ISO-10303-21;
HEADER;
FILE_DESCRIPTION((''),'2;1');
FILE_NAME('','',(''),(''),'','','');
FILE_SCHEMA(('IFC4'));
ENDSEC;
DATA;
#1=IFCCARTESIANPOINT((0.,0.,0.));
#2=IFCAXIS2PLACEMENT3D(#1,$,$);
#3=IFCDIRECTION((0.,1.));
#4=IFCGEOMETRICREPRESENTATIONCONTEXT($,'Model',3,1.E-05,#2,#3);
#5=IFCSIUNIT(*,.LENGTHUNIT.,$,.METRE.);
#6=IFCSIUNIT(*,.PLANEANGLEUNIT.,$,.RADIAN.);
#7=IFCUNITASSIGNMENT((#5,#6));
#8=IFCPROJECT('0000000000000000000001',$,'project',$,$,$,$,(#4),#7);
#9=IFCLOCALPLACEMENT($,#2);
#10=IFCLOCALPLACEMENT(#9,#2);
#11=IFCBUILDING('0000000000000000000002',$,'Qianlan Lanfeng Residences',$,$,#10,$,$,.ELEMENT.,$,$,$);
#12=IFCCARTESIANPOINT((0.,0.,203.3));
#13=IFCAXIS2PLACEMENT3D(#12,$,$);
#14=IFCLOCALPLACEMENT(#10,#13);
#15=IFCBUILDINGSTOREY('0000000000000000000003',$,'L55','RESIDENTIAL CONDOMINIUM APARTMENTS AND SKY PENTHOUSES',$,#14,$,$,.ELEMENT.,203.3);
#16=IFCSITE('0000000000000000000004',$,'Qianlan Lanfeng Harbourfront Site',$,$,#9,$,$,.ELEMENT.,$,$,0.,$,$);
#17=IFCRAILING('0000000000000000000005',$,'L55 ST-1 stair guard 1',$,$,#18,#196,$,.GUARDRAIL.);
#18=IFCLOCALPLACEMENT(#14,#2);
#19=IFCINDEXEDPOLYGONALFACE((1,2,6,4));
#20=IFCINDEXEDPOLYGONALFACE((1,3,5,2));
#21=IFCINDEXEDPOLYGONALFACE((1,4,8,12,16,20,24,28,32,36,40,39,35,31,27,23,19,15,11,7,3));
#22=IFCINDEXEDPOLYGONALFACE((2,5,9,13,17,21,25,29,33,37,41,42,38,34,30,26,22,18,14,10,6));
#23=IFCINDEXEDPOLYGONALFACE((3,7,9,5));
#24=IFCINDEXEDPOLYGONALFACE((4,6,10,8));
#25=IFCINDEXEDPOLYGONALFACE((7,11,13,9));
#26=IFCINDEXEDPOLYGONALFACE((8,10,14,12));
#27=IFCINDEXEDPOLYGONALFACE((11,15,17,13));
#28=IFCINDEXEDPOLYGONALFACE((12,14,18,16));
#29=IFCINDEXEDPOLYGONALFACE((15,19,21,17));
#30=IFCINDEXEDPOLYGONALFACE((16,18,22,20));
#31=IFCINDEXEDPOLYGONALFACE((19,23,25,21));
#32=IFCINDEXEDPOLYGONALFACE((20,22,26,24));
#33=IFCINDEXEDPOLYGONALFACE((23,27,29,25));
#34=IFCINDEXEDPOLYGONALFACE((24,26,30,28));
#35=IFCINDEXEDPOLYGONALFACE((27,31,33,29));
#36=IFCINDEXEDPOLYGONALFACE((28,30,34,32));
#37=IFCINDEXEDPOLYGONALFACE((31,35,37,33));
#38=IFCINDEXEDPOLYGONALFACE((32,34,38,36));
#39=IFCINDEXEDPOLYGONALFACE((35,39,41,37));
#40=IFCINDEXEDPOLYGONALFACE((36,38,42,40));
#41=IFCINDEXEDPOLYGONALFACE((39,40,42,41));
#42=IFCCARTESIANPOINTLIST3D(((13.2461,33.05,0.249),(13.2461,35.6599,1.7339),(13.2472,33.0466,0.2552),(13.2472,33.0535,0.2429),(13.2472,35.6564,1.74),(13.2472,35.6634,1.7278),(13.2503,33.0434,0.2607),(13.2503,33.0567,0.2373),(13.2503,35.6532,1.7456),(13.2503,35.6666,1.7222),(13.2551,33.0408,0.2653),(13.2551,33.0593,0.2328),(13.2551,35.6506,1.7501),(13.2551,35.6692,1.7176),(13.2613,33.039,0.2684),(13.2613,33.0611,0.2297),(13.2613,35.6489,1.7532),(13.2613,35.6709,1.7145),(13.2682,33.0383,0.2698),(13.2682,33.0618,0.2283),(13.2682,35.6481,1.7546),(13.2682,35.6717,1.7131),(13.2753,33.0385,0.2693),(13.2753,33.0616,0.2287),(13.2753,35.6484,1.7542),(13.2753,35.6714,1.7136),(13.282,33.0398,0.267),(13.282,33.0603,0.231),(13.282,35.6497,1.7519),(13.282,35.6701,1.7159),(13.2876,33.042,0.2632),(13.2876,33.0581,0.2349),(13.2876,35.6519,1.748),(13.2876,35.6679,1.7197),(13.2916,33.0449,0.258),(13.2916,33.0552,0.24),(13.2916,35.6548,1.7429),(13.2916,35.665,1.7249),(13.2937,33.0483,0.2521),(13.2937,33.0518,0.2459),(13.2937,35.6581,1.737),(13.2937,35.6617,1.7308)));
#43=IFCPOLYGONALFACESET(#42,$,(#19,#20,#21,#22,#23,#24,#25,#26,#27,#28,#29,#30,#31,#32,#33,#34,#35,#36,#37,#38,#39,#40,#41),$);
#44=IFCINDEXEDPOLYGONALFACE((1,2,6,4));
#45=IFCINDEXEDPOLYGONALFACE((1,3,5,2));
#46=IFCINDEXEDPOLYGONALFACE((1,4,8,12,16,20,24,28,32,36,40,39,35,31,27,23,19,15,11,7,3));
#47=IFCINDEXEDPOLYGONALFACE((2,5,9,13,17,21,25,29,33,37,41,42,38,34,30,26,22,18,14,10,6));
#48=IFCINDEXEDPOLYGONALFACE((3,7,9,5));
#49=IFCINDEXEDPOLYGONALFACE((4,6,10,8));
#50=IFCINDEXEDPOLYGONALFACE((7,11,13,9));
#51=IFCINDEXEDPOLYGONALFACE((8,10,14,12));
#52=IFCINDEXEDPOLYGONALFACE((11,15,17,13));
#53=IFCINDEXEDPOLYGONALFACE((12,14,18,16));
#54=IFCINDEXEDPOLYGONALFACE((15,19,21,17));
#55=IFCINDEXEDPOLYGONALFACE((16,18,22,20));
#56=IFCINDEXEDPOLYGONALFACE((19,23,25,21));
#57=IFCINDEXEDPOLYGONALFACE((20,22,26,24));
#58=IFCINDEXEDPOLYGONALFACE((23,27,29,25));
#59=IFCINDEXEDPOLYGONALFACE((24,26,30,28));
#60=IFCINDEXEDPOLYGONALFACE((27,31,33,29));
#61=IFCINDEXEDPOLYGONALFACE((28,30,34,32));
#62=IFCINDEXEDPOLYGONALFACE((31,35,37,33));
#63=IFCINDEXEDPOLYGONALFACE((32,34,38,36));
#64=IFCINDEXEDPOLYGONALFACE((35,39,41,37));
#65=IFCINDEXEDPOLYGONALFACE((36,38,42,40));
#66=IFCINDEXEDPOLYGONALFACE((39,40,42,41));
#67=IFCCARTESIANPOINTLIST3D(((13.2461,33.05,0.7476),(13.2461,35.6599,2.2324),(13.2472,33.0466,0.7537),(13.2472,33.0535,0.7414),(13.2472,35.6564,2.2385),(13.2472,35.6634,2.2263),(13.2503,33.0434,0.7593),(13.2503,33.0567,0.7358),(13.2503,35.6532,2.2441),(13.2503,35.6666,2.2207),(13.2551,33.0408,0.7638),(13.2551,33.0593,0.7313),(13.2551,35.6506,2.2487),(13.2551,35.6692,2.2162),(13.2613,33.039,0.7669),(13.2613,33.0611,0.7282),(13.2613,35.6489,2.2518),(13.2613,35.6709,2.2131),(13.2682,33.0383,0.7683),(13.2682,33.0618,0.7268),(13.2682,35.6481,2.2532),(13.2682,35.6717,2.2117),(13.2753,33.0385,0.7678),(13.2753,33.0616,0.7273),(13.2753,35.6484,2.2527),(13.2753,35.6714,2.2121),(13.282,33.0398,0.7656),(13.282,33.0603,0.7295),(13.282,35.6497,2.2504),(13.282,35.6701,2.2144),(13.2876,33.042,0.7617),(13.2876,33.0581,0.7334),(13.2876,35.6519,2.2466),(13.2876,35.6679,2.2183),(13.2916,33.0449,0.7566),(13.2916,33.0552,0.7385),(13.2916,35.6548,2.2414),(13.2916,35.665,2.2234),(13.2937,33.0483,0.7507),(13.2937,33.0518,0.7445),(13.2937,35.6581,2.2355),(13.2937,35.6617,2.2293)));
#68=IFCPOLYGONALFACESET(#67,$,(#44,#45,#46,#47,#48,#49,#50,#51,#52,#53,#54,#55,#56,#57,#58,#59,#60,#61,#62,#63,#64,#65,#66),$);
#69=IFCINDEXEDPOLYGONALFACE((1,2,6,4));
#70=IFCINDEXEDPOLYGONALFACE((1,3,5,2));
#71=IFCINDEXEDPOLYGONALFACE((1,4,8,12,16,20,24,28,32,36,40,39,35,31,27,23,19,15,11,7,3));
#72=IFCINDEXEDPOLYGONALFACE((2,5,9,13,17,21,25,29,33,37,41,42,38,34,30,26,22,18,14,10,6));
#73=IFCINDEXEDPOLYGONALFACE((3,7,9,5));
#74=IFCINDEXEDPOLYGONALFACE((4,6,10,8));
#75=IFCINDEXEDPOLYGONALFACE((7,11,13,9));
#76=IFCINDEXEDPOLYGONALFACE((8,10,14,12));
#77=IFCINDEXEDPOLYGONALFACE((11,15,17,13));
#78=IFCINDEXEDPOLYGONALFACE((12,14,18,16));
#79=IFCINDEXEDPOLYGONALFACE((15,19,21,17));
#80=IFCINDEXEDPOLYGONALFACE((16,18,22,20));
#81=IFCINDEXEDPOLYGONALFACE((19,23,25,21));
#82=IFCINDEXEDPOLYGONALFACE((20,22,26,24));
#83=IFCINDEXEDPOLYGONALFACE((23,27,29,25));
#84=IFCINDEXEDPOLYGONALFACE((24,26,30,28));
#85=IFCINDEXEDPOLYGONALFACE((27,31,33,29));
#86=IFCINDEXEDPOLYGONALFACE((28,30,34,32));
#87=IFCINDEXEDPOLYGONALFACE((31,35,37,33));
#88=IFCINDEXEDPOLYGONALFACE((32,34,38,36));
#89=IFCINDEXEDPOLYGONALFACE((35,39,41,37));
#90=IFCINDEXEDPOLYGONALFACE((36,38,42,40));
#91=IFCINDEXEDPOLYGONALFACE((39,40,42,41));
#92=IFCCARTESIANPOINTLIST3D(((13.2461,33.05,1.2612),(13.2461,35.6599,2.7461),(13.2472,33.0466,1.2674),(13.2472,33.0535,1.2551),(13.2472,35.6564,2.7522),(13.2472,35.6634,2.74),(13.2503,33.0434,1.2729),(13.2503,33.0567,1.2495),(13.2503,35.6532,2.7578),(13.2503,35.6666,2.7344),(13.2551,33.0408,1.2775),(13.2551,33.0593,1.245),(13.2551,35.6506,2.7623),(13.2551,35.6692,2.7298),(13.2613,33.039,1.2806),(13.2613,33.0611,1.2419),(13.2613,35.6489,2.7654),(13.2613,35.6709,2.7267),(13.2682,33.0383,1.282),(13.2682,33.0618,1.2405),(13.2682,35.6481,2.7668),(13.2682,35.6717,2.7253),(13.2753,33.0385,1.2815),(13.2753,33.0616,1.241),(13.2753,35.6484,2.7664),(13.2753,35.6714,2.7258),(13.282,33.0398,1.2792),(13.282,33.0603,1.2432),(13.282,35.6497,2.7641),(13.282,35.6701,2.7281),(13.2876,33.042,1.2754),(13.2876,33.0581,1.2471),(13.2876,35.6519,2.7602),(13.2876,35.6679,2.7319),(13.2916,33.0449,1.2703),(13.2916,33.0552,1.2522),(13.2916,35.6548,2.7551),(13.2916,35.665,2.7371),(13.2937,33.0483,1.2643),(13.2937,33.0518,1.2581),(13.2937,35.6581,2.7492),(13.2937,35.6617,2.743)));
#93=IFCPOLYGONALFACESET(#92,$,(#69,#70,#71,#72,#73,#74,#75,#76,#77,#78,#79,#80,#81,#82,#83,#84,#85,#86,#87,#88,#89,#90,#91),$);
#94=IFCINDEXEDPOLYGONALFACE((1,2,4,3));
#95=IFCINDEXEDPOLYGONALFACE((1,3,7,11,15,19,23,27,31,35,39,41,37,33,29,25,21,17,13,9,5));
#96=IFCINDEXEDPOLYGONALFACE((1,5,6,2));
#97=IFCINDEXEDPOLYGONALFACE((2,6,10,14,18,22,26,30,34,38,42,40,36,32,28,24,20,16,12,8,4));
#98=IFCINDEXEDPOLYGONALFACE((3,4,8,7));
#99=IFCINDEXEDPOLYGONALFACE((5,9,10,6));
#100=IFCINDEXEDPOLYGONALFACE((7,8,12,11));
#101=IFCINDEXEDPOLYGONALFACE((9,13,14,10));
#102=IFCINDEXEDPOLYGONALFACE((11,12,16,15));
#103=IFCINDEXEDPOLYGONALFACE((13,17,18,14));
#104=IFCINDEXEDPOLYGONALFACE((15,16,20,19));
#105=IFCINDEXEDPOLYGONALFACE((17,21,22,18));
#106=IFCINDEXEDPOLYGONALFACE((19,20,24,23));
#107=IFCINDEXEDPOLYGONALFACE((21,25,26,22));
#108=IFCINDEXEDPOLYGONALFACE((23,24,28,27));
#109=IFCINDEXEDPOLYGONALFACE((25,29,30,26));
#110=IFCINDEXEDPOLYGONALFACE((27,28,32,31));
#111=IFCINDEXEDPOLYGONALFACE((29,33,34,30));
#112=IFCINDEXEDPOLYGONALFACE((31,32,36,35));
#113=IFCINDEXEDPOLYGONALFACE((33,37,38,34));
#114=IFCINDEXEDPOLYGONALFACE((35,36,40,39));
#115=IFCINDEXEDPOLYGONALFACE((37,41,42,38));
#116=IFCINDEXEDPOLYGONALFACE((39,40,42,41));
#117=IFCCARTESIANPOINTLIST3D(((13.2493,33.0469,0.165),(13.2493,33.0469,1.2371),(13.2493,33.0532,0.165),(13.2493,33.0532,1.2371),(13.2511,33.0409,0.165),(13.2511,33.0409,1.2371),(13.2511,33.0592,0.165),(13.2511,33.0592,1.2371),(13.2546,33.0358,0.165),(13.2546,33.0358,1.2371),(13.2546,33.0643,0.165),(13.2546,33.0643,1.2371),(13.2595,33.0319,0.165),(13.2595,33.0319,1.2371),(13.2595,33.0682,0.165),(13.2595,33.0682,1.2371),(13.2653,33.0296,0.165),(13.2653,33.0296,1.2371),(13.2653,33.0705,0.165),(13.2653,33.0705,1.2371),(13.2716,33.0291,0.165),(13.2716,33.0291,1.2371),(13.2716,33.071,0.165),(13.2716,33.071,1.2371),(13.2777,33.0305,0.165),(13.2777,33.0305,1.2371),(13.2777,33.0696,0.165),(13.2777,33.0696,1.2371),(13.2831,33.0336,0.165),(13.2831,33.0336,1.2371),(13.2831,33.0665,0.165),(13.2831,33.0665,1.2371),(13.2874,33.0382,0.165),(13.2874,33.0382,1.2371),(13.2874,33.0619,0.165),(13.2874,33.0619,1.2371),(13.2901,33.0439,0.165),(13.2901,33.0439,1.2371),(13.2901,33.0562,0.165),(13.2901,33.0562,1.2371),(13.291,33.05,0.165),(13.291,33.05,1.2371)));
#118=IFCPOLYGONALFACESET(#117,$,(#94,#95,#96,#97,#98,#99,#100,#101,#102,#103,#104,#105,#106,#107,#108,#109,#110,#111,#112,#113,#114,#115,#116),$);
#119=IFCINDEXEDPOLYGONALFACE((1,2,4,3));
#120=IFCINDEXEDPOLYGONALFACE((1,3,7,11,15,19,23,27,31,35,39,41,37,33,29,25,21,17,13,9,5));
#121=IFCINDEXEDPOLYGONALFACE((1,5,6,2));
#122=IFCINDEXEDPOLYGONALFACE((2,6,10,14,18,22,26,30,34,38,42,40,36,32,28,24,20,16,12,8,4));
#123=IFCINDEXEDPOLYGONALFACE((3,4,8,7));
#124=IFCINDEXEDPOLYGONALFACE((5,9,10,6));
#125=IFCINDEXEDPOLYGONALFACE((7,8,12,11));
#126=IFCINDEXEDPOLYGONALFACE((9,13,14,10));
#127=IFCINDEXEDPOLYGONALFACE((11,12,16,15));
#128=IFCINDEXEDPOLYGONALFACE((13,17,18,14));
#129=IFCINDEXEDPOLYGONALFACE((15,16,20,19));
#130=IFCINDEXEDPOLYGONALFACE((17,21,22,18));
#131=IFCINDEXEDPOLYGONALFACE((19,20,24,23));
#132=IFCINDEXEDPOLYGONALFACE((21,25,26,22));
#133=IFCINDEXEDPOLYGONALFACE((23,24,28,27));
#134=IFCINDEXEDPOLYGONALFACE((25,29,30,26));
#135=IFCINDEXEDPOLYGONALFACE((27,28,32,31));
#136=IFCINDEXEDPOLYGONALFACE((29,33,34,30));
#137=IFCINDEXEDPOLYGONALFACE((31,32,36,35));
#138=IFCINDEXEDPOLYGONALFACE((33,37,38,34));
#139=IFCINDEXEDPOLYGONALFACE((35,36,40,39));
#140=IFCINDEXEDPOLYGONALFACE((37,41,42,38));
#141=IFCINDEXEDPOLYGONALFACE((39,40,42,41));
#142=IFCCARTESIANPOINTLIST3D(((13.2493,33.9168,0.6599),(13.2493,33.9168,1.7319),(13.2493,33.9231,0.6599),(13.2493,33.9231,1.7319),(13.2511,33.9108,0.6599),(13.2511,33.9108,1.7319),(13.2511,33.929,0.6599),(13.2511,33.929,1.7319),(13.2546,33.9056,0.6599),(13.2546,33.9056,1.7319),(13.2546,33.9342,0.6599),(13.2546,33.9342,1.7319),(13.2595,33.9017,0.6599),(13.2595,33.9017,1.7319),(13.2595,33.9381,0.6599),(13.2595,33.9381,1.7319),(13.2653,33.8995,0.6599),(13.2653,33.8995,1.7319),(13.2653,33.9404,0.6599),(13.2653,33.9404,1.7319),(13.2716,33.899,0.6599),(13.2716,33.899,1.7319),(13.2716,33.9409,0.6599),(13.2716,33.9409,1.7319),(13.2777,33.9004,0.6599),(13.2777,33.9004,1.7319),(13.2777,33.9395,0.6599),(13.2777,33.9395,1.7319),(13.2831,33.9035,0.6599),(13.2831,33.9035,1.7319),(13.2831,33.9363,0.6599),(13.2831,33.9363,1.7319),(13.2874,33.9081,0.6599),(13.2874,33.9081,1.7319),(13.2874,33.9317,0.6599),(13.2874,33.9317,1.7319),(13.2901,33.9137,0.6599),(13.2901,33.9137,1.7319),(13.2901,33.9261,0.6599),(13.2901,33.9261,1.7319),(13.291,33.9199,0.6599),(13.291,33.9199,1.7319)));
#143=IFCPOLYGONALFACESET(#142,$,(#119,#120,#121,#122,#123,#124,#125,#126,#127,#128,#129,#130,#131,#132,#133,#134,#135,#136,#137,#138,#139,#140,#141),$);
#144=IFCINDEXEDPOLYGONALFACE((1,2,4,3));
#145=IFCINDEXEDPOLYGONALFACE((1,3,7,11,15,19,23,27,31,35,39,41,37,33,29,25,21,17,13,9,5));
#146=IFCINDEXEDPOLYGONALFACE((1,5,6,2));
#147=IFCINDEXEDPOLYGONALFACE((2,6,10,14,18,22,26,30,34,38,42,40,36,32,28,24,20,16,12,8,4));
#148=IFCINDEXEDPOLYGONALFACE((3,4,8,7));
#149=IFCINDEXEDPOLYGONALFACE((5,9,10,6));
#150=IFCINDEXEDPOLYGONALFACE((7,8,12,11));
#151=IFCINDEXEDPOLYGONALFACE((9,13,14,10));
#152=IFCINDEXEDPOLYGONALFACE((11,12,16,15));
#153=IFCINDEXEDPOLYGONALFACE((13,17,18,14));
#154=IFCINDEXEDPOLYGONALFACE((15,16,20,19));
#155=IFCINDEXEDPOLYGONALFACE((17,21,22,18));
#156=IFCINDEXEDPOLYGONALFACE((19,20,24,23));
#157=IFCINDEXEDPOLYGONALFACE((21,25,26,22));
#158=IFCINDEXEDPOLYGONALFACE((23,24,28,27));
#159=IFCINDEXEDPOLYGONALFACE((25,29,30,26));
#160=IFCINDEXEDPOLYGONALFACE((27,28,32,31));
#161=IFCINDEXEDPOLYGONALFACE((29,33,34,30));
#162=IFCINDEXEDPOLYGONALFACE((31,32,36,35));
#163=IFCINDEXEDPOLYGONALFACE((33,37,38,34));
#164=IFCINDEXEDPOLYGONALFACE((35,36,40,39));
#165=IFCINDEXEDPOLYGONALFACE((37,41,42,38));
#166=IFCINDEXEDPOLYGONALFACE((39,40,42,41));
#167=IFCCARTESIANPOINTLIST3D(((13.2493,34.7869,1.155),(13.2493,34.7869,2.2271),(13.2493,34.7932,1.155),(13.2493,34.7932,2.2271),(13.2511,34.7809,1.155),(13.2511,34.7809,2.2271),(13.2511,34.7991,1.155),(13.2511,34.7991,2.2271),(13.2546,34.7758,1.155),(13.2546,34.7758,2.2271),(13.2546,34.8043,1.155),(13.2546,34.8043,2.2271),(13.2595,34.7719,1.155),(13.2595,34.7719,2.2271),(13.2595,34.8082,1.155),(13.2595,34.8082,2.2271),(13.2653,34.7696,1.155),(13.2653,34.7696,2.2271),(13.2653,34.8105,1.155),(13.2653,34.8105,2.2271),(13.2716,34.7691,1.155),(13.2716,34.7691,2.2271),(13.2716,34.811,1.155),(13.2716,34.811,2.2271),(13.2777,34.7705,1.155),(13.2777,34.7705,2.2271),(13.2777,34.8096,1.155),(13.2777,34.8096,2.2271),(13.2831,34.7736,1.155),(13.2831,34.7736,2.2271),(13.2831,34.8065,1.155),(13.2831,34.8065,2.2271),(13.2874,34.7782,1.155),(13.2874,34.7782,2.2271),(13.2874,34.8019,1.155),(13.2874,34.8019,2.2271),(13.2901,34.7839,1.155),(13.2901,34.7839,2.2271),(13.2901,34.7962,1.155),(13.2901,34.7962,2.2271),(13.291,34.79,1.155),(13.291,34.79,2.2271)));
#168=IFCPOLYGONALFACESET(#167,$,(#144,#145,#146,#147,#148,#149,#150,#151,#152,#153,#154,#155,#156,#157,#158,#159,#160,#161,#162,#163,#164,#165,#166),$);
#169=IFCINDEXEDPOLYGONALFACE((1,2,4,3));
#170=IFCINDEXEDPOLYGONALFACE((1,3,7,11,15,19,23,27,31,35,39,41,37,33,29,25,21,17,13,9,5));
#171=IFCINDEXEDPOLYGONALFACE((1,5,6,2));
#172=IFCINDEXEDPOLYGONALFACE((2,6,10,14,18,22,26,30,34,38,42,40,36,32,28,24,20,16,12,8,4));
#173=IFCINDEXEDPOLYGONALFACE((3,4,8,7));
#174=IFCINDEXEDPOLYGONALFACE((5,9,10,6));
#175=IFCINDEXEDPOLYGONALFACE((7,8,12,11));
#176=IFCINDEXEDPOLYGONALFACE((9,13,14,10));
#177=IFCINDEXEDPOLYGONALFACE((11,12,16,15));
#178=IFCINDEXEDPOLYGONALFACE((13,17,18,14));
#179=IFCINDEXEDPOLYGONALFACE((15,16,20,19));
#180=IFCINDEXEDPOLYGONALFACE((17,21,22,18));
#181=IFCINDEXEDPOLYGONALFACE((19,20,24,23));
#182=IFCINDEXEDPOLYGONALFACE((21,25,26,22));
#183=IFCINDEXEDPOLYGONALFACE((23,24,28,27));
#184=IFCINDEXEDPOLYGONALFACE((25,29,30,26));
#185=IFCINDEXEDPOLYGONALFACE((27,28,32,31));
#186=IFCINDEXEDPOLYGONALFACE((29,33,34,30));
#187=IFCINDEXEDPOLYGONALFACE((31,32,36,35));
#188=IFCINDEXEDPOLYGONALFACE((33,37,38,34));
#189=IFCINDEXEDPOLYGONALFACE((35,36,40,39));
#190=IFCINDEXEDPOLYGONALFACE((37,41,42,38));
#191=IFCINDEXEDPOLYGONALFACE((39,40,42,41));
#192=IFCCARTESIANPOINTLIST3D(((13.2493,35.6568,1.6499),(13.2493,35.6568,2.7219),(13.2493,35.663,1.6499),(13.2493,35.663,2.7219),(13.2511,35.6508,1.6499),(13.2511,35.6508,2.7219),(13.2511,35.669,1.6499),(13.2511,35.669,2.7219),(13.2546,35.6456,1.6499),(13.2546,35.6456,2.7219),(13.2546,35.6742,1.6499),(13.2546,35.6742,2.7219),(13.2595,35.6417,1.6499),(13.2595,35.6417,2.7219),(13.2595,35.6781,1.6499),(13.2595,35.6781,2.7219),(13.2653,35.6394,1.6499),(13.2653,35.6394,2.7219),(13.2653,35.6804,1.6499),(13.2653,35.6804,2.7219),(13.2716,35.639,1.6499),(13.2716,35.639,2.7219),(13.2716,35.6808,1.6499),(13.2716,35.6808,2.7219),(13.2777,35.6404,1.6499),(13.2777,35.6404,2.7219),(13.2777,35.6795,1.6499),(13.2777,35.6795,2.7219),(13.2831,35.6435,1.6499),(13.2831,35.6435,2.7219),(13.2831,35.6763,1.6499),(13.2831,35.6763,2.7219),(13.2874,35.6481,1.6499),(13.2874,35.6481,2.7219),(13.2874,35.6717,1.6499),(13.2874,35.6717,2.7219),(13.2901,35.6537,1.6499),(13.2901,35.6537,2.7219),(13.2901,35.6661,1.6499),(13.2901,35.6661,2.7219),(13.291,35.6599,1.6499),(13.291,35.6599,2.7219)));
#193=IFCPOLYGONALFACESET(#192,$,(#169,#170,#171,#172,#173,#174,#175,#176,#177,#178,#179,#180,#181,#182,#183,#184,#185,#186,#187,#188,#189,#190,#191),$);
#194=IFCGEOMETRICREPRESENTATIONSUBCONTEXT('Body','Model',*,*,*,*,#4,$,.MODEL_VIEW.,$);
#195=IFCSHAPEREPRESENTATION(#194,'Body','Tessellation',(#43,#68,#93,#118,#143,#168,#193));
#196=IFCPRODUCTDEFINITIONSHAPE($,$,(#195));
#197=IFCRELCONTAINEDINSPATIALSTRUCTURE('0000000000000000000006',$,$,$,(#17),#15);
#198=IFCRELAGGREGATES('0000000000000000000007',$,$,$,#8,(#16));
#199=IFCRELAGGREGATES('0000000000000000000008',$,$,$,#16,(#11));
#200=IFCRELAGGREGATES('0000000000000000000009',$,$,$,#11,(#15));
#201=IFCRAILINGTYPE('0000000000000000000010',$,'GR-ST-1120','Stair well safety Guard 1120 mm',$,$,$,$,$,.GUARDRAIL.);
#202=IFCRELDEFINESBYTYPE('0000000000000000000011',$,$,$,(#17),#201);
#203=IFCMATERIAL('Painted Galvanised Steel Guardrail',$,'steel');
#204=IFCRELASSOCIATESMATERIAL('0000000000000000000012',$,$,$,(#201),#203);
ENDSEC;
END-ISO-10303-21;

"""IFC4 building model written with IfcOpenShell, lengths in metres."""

from ifc_helpers import new_model, si_unit, direction, frame, origin, origin_2d, place, context, subcontext, project, spatial, circle, extrude, material, type_object, element, save


model = new_model("IFC4")

# Units and contexts
model_context = context("Model", 3, precision=1e-05, world=origin(), true_north=direction((0.0, 1.0)))
body_context = subcontext(model_context, "Body", "Model", "MODEL_VIEW")
ifc_project = project(units=[si_unit("LENGTHUNIT", "METRE"), si_unit("PLANEANGLEUNIT", "RADIAN")], contexts=[model_context])

# Site, building, storey
site_placement = place(None, origin())
site = spatial("IfcSite", under=ifc_project, at=site_placement, Name="Qianlan Lanfeng Harbourfront Site", CompositionType="ELEMENT", RefElevation=0.0)
building_placement = place(site_placement, origin())
building = spatial("IfcBuilding", under=site, at=building_placement, Name="Qianlan Lanfeng Residences", CompositionType="ELEMENT")
storey_placement = place(building_placement, frame((0.0, 0.0, 203.3)))
storey = spatial("IfcBuildingStorey", under=building, at=storey_placement, Name="L55", Description="RESIDENTIAL CONDOMINIUM APARTMENTS AND SKY PENTHOUSES", CompositionType="ELEMENT", Elevation=203.3)

# Railing
ifc_material_1 = material(Name="Painted Galvanised Steel Guardrail", Category="steel")
railing_type_1 = type_object("IfcRailingType", Name="GR-ST-1120", Description="Stair well safety Guard 1120 mm", PredefinedType="GUARDRAIL", material=ifc_material_1)
railing_1_placement = place(storey_placement, frame((13.27, 33.05, 0.165)))
element("IfcRailing", 1, at=railing_1_placement, inside=storey, type_object=railing_type_1, Name="L55 ST-1 stair guard 1", PredefinedType="GUARDRAIL", context=body_context, shape_type="SweptSolid", body=[
    extrude(circle(Radius=0.0239, at=origin_2d()), frame((0.0, 0.0, 0.084), z_axis=(0.0, 0.869172, 0.494509), x_axis=(-1.0, 0.0, 0.0)), (0.0, 0.0, 1.0), 3.0027),
    extrude(circle(Radius=0.0239, at=origin_2d()), frame((0.0, 0.0, 0.5825), z_axis=(0.0, 0.869172, 0.494509), x_axis=(-1.0, 0.0, 0.0)), (0.0, 0.0, 1.0), 3.0027),
    extrude(circle(Radius=0.0239, at=origin_2d()), frame((0.0, 0.0, 1.0962), z_axis=(0.0, 0.869172, 0.494509), x_axis=(-1.0, 0.0, 0.0)), (0.0, 0.0, 1.0), 3.0027),
    extrude(circle(Radius=0.021, at=origin_2d()), origin(), (0.0, 0.0, 1.0), 1.072),
    extrude(circle(Radius=0.021, at=origin_2d()), frame((0.0, 0.8699, 0.4949)), (0.0, 0.0, 1.0), 1.072),
    extrude(circle(Radius=0.021, at=origin_2d()), frame((0.0, 1.74, 0.99)), (0.0, 0.0, 1.0), 1.072),
    extrude(circle(Radius=0.021, at=origin_2d()), frame((0.0, 2.6099, 1.4849)), (0.0, 0.0, 1.0), 1.072),
])

save(model, "model.ifc")
